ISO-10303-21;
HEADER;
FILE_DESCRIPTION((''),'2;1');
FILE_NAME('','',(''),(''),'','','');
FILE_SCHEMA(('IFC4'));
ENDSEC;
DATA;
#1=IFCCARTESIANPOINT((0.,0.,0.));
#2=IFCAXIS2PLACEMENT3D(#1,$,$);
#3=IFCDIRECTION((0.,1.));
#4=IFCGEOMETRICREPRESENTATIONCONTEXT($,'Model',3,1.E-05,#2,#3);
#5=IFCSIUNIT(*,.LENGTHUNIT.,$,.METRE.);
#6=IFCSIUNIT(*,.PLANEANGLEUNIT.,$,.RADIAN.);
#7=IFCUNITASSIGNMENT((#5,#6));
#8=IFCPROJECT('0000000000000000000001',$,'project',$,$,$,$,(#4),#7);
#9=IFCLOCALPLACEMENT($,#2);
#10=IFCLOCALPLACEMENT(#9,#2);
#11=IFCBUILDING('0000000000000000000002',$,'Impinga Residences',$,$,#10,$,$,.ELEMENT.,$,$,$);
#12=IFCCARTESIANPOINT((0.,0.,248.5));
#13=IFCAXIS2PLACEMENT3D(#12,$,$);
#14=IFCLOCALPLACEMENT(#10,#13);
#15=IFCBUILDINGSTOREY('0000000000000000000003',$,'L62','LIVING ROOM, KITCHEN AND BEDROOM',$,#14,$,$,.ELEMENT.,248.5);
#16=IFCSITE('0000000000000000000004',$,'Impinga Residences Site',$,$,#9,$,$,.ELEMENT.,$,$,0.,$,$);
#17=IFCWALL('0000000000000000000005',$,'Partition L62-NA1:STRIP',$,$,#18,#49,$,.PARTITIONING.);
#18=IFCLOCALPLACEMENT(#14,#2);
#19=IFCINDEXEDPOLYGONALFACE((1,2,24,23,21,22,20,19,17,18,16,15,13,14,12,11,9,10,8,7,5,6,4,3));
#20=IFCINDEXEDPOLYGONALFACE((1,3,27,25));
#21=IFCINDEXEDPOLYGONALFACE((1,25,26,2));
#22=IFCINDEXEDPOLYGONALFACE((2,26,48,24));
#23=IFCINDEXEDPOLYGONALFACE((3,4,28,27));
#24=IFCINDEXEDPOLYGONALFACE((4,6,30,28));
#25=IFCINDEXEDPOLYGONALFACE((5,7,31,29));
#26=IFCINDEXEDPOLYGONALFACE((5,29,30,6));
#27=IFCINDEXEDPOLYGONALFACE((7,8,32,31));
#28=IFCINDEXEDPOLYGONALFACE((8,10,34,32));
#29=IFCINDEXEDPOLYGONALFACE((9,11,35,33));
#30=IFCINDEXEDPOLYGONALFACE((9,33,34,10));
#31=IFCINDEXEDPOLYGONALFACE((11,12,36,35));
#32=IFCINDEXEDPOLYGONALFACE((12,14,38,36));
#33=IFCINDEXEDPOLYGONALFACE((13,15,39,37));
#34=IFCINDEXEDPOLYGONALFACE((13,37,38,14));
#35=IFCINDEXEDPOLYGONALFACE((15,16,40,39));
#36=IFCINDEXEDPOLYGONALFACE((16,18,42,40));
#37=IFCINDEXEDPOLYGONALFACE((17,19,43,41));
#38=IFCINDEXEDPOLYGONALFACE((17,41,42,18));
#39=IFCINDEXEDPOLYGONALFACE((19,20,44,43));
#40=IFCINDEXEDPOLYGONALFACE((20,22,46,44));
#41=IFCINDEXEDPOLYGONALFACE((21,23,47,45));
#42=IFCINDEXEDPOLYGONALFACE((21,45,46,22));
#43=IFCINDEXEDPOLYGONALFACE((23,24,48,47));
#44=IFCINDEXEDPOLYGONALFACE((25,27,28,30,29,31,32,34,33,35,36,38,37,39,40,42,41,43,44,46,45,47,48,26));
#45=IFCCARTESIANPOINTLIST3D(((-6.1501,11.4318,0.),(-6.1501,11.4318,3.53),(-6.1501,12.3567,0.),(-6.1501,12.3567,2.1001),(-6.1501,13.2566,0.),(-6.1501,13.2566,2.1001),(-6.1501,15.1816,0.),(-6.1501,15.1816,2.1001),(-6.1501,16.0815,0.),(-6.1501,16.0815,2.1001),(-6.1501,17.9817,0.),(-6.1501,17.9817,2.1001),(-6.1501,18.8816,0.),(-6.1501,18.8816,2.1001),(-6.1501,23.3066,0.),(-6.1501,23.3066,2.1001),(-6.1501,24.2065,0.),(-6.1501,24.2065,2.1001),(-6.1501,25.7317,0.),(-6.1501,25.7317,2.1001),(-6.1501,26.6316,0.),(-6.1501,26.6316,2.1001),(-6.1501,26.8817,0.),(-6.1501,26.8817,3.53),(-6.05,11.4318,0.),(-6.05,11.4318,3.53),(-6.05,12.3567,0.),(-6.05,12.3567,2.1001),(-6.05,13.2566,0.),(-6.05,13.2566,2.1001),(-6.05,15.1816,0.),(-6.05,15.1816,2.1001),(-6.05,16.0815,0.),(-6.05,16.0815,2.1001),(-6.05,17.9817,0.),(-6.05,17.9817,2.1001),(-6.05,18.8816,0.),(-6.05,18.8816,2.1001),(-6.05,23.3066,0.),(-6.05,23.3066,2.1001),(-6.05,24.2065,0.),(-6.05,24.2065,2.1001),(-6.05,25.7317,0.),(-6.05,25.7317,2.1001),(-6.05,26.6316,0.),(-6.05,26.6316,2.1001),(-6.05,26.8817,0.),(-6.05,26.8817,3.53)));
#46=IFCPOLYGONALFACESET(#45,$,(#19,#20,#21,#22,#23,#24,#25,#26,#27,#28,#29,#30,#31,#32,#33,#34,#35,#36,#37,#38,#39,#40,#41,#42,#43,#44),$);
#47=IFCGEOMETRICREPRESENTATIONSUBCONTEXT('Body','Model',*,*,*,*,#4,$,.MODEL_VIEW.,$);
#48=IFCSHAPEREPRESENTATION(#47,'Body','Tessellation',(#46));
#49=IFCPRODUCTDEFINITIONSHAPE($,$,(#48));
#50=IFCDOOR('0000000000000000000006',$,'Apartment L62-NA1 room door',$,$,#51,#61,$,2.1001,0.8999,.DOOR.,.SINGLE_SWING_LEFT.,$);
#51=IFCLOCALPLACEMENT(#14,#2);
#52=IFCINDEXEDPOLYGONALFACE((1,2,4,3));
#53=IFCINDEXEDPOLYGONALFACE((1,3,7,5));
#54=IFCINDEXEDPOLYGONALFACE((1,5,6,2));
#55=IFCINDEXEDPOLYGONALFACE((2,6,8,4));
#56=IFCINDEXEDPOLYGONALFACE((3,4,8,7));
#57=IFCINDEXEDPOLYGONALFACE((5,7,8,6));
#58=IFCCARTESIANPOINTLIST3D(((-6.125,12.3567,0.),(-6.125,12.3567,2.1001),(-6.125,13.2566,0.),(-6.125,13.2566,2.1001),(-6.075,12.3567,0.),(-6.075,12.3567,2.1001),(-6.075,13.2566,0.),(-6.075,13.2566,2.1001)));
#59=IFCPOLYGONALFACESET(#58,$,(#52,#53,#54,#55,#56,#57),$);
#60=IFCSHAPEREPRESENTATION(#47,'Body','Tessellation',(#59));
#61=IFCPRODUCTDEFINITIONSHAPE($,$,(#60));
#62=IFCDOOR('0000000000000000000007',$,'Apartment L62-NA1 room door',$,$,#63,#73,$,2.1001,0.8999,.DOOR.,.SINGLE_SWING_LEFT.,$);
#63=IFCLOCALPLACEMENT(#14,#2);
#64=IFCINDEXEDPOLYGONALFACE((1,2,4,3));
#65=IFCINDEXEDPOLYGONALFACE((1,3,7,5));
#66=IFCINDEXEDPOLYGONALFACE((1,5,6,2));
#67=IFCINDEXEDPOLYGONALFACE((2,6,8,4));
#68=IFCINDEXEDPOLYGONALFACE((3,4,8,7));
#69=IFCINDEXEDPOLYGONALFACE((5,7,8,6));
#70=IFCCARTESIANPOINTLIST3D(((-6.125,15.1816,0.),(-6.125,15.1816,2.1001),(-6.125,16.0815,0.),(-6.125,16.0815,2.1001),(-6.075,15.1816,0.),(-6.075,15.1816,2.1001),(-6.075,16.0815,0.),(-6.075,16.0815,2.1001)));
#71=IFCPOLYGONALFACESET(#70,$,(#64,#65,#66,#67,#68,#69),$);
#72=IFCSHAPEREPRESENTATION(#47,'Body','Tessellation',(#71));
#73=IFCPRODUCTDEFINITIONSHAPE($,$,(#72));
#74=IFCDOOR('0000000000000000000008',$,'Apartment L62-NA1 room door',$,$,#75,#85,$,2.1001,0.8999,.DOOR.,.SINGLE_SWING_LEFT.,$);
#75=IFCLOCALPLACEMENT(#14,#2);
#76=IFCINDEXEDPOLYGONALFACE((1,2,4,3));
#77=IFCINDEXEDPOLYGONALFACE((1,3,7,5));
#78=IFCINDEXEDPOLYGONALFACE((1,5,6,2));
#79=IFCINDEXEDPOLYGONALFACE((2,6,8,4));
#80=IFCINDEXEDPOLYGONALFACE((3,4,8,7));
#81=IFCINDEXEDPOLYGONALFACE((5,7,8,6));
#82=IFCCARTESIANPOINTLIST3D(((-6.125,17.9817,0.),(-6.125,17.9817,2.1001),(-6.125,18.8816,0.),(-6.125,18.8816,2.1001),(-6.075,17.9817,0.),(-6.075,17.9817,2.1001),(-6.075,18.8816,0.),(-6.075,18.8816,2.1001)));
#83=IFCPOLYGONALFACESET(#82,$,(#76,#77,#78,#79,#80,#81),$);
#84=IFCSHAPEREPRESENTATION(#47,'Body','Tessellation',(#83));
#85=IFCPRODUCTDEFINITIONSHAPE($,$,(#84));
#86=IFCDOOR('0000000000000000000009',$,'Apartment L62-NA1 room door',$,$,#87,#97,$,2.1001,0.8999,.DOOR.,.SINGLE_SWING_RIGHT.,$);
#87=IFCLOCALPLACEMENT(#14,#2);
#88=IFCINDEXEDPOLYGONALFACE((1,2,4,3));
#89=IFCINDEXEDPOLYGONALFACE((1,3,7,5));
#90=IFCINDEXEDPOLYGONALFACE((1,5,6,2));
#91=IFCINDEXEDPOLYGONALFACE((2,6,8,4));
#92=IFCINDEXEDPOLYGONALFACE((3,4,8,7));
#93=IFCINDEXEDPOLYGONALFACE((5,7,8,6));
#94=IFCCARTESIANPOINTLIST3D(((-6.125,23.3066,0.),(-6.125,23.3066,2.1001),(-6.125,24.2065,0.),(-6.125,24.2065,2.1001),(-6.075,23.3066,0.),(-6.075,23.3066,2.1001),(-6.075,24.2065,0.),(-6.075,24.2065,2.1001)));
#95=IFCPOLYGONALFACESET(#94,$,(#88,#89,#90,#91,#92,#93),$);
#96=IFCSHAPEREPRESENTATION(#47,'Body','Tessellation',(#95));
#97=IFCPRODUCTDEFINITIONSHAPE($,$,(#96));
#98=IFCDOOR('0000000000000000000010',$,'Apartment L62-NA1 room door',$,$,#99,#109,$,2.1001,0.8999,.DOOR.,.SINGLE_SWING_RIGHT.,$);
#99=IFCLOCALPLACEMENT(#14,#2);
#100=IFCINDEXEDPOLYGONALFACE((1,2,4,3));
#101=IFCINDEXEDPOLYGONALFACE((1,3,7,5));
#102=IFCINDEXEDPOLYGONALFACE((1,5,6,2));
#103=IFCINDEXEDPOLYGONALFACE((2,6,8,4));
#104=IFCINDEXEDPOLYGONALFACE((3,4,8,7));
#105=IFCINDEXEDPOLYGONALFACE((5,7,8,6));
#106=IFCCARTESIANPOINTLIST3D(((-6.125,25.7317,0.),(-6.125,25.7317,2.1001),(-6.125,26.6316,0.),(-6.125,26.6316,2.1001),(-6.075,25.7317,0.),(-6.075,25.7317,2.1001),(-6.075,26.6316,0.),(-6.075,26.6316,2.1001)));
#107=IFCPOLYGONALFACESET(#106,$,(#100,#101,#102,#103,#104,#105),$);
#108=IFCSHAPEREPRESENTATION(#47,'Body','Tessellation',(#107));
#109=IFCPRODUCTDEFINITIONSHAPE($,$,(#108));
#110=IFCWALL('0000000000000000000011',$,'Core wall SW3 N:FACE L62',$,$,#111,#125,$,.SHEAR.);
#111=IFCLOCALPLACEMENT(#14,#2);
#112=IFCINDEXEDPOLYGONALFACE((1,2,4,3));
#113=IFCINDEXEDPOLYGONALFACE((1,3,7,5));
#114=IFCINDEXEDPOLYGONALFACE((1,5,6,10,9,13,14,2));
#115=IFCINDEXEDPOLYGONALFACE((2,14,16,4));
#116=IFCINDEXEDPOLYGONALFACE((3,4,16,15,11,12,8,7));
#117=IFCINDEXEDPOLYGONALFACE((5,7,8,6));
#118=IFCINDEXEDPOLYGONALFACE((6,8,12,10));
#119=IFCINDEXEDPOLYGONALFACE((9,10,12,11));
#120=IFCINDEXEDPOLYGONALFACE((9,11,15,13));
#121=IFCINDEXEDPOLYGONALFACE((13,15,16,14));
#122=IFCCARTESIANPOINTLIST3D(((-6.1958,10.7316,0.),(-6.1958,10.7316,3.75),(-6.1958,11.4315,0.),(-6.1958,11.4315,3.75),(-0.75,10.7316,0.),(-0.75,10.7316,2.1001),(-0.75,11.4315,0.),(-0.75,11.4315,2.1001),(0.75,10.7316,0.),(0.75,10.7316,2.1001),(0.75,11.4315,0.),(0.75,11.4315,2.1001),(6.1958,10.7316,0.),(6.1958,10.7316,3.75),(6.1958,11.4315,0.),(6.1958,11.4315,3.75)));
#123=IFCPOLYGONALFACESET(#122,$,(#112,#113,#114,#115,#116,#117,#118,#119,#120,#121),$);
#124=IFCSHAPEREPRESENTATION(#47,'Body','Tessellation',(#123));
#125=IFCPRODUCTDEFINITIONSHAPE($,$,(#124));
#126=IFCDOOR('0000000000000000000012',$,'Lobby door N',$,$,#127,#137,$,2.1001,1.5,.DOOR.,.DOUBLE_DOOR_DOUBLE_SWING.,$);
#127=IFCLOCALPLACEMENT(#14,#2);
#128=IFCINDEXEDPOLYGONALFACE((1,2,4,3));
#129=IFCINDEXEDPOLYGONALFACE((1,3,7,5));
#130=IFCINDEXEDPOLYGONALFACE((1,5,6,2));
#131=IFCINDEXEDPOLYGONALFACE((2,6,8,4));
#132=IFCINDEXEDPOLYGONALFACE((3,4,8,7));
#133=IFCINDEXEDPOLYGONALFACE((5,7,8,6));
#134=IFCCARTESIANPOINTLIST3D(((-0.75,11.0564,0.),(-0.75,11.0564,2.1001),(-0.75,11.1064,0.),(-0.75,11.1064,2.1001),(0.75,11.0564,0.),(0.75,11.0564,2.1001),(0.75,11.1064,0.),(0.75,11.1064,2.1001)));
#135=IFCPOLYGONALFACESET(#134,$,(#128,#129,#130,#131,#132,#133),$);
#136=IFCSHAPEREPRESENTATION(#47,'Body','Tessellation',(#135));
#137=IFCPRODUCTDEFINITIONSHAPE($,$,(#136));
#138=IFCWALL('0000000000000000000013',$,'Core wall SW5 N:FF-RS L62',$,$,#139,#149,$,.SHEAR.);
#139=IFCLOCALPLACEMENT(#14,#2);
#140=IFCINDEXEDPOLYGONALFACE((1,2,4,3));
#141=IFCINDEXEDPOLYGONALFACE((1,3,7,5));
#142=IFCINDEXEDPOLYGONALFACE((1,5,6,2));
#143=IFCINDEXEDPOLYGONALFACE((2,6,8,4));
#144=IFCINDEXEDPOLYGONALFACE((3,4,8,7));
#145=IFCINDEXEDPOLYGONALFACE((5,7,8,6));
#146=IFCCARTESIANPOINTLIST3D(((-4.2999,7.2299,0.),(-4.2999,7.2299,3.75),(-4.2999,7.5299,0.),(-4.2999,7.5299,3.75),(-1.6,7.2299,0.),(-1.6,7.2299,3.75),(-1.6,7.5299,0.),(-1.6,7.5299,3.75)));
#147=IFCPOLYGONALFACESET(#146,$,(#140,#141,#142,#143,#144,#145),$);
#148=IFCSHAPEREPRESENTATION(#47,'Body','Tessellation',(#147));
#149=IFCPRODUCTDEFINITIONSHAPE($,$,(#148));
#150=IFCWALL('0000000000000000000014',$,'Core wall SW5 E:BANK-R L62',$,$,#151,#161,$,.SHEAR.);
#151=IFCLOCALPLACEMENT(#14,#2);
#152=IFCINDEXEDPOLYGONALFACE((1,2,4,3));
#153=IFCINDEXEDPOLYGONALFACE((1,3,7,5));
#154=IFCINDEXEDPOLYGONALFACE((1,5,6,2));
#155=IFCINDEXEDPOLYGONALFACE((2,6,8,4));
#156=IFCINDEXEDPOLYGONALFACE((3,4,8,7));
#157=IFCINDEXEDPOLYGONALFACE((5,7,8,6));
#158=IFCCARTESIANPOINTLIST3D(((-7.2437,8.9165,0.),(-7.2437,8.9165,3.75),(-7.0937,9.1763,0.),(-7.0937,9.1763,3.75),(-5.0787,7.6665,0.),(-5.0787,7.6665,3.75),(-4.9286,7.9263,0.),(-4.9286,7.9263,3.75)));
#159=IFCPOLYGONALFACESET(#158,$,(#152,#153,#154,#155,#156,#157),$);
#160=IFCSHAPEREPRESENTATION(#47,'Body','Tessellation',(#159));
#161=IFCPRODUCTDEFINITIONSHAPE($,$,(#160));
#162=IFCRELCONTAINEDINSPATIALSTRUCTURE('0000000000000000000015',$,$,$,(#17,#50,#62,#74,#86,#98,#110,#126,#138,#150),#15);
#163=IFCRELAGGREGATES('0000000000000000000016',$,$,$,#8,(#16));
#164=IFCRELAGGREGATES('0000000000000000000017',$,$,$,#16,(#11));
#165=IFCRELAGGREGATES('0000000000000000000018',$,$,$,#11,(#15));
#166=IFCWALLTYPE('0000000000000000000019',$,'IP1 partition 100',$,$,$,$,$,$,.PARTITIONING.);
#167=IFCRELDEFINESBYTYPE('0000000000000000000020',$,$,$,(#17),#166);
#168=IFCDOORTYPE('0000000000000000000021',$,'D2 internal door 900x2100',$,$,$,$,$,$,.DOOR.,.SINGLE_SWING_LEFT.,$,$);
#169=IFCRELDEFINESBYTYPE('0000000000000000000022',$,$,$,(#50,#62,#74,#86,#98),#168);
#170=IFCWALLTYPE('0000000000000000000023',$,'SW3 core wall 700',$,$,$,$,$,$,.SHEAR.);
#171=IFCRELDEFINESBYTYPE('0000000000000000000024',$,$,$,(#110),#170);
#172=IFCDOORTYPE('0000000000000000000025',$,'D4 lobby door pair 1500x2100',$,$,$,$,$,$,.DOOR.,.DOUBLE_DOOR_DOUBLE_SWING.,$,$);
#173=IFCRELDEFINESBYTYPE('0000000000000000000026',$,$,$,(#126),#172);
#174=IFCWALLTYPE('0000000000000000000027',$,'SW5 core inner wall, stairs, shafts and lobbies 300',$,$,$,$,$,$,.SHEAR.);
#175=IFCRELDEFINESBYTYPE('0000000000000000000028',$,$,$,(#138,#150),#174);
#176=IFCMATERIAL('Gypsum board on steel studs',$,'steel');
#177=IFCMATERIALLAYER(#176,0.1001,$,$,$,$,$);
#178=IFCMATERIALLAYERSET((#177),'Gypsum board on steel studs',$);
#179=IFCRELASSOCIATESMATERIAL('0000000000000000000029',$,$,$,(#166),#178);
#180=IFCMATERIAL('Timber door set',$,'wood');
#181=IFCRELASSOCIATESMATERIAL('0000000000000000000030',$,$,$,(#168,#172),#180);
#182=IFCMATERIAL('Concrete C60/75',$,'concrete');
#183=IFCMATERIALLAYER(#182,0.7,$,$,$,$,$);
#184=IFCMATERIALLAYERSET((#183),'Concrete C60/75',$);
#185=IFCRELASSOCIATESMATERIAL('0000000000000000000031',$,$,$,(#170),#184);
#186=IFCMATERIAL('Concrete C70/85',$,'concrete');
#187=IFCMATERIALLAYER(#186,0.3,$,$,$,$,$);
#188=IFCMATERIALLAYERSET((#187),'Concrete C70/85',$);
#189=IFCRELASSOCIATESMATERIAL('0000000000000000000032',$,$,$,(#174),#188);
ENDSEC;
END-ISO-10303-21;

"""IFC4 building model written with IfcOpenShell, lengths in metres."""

from ifc_helpers import new_model, si_unit, direction, frame, frame_2d, origin, place, context, subcontext, project, spatial, rectangle, extrude, material, layer, layer_set, type_object, element, fill, save


model = new_model("IFC4")

# Units and contexts
model_context = context("Model", 3, precision=1e-05, world=origin(), true_north=direction((0.0, 1.0)))
body_context = subcontext(model_context, "Body", "Model", "MODEL_VIEW")
ifc_project = project(units=[si_unit("LENGTHUNIT", "METRE"), si_unit("PLANEANGLEUNIT", "RADIAN")], contexts=[model_context])

# Site, building, storey
site_placement = place(None, origin())
site = spatial("IfcSite", under=ifc_project, at=site_placement, Name="Impinga Residences Site", CompositionType="ELEMENT", RefElevation=0.0)
building_placement = place(site_placement, origin())
building = spatial("IfcBuilding", under=site, at=building_placement, Name="Impinga Residences", CompositionType="ELEMENT")
storey_placement = place(building_placement, frame((0.0, 0.0, 248.5)))
storey = spatial("IfcBuildingStorey", under=building, at=storey_placement, Name="L62", Description="LIVING ROOM, KITCHEN AND BEDROOM", CompositionType="ELEMENT", Elevation=248.5)

# Shared definitions
ifc_material_1 = material(Name="Concrete C60/75", Category="concrete")

# Shared definitions
ifc_material_2 = material(Name="Timber door set", Category="wood")

# Wall, openings, doors
ifc_material_3 = material(Name="Gypsum board on steel studs", Category="steel")
ifc_layer_1 = layer(ifc_material_3, 0.1001)
ifc_layer_set_1 = layer_set([ifc_layer_1], Name="Gypsum board on steel studs")
wall_type_1 = type_object("IfcWallType", Name="IP1 partition 100", PredefinedType="PARTITIONING", material=ifc_layer_set_1)
wall_1_placement = place(storey_placement, frame((-6.1001, 11.4316, 0.0), z_axis=(0.0, 0.0, 1.0), x_axis=(0.0, 1.0, 0.0)))
wall_1 = element("IfcWall", 1, at=wall_1_placement, inside=storey, type_object=wall_type_1, Name="Partition L62-NA1:STRIP", PredefinedType="PARTITIONING", context=body_context, shape_type="SweptSolid", body=[
    extrude(rectangle(XDim=15.45, YDim=0.1001, at=frame_2d((7.7251, 0.0))), origin(), (0.0, 0.0, 1.0), 3.53),
])
opening_1_placement = place(wall_1_placement, frame((0.925, 0.0, 0.0)))
opening_1 = element("IfcOpeningElement", 2, at=opening_1_placement, cuts=wall_1, PredefinedType="OPENING", context=body_context, shape_type="SweptSolid", body=[
    extrude(rectangle(XDim=0.8999, YDim=2.1001, at=frame_2d((0.45, 1.05))), frame((0.0, 0.0601, 0.0), z_axis=(0.0, -1.0, 0.0), x_axis=(1.0, 0.0, 0.0)), (0.0, 0.0, 1.0), 0.1201),
])
opening_2_placement = place(wall_1_placement, frame((3.75, 0.0, 0.0)))
opening_2 = element("IfcOpeningElement", 3, at=opening_2_placement, cuts=wall_1, PredefinedType="OPENING", context=body_context, shape_type="SweptSolid", body=[
    extrude(rectangle(XDim=0.8999, YDim=2.1001, at=frame_2d((0.45, 1.05))), frame((0.0, 0.0601, 0.0), z_axis=(0.0, -1.0, 0.0), x_axis=(1.0, 0.0, 0.0)), (0.0, 0.0, 1.0), 0.1201),
])
opening_3_placement = place(wall_1_placement, frame((6.55, 0.0, 0.0)))
opening_3 = element("IfcOpeningElement", 4, at=opening_3_placement, cuts=wall_1, PredefinedType="OPENING", context=body_context, shape_type="SweptSolid", body=[
    extrude(rectangle(XDim=0.8999, YDim=2.1001, at=frame_2d((0.45, 1.05))), frame((0.0, 0.0601, 0.0), z_axis=(0.0, -1.0, 0.0), x_axis=(1.0, 0.0, 0.0)), (0.0, 0.0, 1.0), 0.1201),
])
opening_4_placement = place(wall_1_placement, frame((11.875, 0.0, 0.0)))
opening_4 = element("IfcOpeningElement", 5, at=opening_4_placement, cuts=wall_1, PredefinedType="OPENING", context=body_context, shape_type="SweptSolid", body=[
    extrude(rectangle(XDim=0.8999, YDim=2.1001, at=frame_2d((0.45, 1.05))), frame((0.0, 0.0601, 0.0), z_axis=(0.0, -1.0, 0.0), x_axis=(1.0, 0.0, 0.0)), (0.0, 0.0, 1.0), 0.1201),
])
opening_5_placement = place(wall_1_placement, frame((14.3, 0.0, 0.0)))
opening_5 = element("IfcOpeningElement", 6, at=opening_5_placement, cuts=wall_1, PredefinedType="OPENING", context=body_context, shape_type="SweptSolid", body=[
    extrude(rectangle(XDim=0.8999, YDim=2.1001, at=frame_2d((0.45, 1.05))), frame((0.0, 0.0601, 0.0), z_axis=(0.0, -1.0, 0.0), x_axis=(1.0, 0.0, 0.0)), (0.0, 0.0, 1.0), 0.1201),
])
door_type_1 = type_object("IfcDoorType", Name="D2 internal door 900x2100", OperationType="SINGLE_SWING_LEFT", PredefinedType="DOOR", material=ifc_material_2)
door_1_placement = place(opening_1_placement, origin())
door_1 = element("IfcDoor", 7, at=door_1_placement, inside=storey, type_object=door_type_1, Name="Apartment L62-NA1 room door", OperationType="SINGLE_SWING_LEFT", OverallHeight=2.1001, OverallWidth=0.8999, PredefinedType="DOOR", context=body_context, shape_type="SweptSolid", body=[
    extrude(rectangle(XDim=0.8999, YDim=2.1001, at=frame_2d((0.45, 1.05))), frame((0.0, 0.0249, 0.0), z_axis=(0.0, -1.0, 0.0), x_axis=(1.0, 0.0, 0.0)), (0.0, 0.0, 1.0), 0.05),
])
fill(opening_1, door_1)
door_2_placement = place(opening_2_placement, origin())
door_2 = element("IfcDoor", 8, at=door_2_placement, inside=storey, type_object=door_type_1, Name="Apartment L62-NA1 room door", OperationType="SINGLE_SWING_LEFT", OverallHeight=2.1001, OverallWidth=0.8999, PredefinedType="DOOR", context=body_context, shape_type="SweptSolid", body=[
    extrude(rectangle(XDim=0.8999, YDim=2.1001, at=frame_2d((0.45, 1.05))), frame((0.0, 0.0249, 0.0), z_axis=(0.0, -1.0, 0.0), x_axis=(1.0, 0.0, 0.0)), (0.0, 0.0, 1.0), 0.05),
])
fill(opening_2, door_2)
door_3_placement = place(opening_3_placement, origin())
door_3 = element("IfcDoor", 9, at=door_3_placement, inside=storey, type_object=door_type_1, Name="Apartment L62-NA1 room door", OperationType="SINGLE_SWING_LEFT", OverallHeight=2.1001, OverallWidth=0.8999, PredefinedType="DOOR", context=body_context, shape_type="SweptSolid", body=[
    extrude(rectangle(XDim=0.8999, YDim=2.1001, at=frame_2d((0.45, 1.05))), frame((0.0, 0.0249, 0.0), z_axis=(0.0, -1.0, 0.0), x_axis=(1.0, 0.0, 0.0)), (0.0, 0.0, 1.0), 0.05),
])
fill(opening_3, door_3)
door_4_placement = place(opening_4_placement, origin())
door_4 = element("IfcDoor", 10, at=door_4_placement, inside=storey, type_object=door_type_1, Name="Apartment L62-NA1 room door", OperationType="SINGLE_SWING_RIGHT", OverallHeight=2.1001, OverallWidth=0.8999, PredefinedType="DOOR", context=body_context, shape_type="SweptSolid", body=[
    extrude(rectangle(XDim=0.8999, YDim=2.1001, at=frame_2d((0.45, 1.05))), frame((0.0, 0.0249, 0.0), z_axis=(0.0, -1.0, 0.0), x_axis=(1.0, 0.0, 0.0)), (0.0, 0.0, 1.0), 0.05),
])
fill(opening_4, door_4)
door_5_placement = place(opening_5_placement, origin())
door_5 = element("IfcDoor", 11, at=door_5_placement, inside=storey, type_object=door_type_1, Name="Apartment L62-NA1 room door", OperationType="SINGLE_SWING_RIGHT", OverallHeight=2.1001, OverallWidth=0.8999, PredefinedType="DOOR", context=body_context, shape_type="SweptSolid", body=[
    extrude(rectangle(XDim=0.8999, YDim=2.1001, at=frame_2d((0.45, 1.05))), frame((0.0, 0.0249, 0.0), z_axis=(0.0, -1.0, 0.0), x_axis=(1.0, 0.0, 0.0)), (0.0, 0.0, 1.0), 0.05),
])
fill(opening_5, door_5)

# Wall, opening, door
ifc_layer_2 = layer(ifc_material_1, 0.7)
ifc_layer_set_2 = layer_set([ifc_layer_2], Name="Concrete C60/75")
wall_type_2 = type_object("IfcWallType", Name="SW3 core wall 700", PredefinedType="SHEAR", material=ifc_layer_set_2)
wall_2_placement = place(storey_placement, frame((-6.1958, 11.0815, 0.0), z_axis=(0.0, 0.0, 1.0), x_axis=(1.0, 0.0, 0.0)))
wall_2 = element("IfcWall", 12, at=wall_2_placement, inside=storey, type_object=wall_type_2, Name="Core wall SW3 N:FACE L62", PredefinedType="SHEAR", context=body_context, shape_type="SweptSolid", body=[
    extrude(rectangle(XDim=12.3916, YDim=0.7, at=frame_2d((6.1958, 0.0))), origin(), (0.0, 0.0, 1.0), 3.75),
])
opening_6_placement = place(wall_2_placement, frame((5.4458, 0.0, 0.0)))
opening_6 = element("IfcOpeningElement", 13, at=opening_6_placement, cuts=wall_2, PredefinedType="OPENING", context=body_context, shape_type="SweptSolid", body=[
    extrude(rectangle(XDim=1.5, YDim=2.1001, at=frame_2d((0.75, 1.05))), frame((0.0, 0.3599, 0.0), z_axis=(0.0, -1.0, 0.0), x_axis=(1.0, 0.0, 0.0)), (0.0, 0.0, 1.0), 0.72),
])
door_type_2 = type_object("IfcDoorType", Name="D4 lobby door pair 1500x2100", OperationType="DOUBLE_DOOR_DOUBLE_SWING", PredefinedType="DOOR", material=ifc_material_2)
door_6_placement = place(opening_6_placement, origin())
door_6 = element("IfcDoor", 14, at=door_6_placement, inside=storey, type_object=door_type_2, Name="Lobby door N", OperationType="DOUBLE_DOOR_DOUBLE_SWING", OverallHeight=2.1001, OverallWidth=1.5, PredefinedType="DOOR", context=body_context, shape_type="SweptSolid", body=[
    extrude(rectangle(XDim=1.5, YDim=2.1001, at=frame_2d((0.75, 1.05))), frame((0.0, 0.0249, 0.0), z_axis=(0.0, -1.0, 0.0), x_axis=(1.0, 0.0, 0.0)), (0.0, 0.0, 1.0), 0.05),
])
fill(opening_6, door_6)

# Walls
ifc_material_4 = material(Name="Concrete C70/85", Category="concrete")
ifc_layer_3 = layer(ifc_material_4, 0.3)
ifc_layer_set_3 = layer_set([ifc_layer_3], Name="Concrete C70/85")
wall_type_3 = type_object("IfcWallType", Name="SW5 core inner wall, stairs, shafts and lobbies 300", PredefinedType="SHEAR", material=ifc_layer_set_3)
wall_3_placement = place(storey_placement, frame((-4.3, 7.3799, 0.0), z_axis=(0.0, 0.0, 1.0), x_axis=(1.0, 0.0, 0.0)))
element("IfcWall", 15, at=wall_3_placement, inside=storey, type_object=wall_type_3, Name="Core wall SW5 N:FF-RS L62", PredefinedType="SHEAR", context=body_context, shape_type="SweptSolid", body=[
    extrude(rectangle(XDim=2.7, YDim=0.3, at=frame_2d((1.3501, 0.0))), origin(), (0.0, 0.0, 1.0), 3.75),
])
wall_4_placement = place(storey_placement, frame((-5.0037, 7.7964, 0.0), z_axis=(0.0, 0.0, 1.0), x_axis=(-0.866023, 0.500004, 0.0)))
element("IfcWall", 16, at=wall_4_placement, inside=storey, type_object=wall_type_3, Name="Core wall SW5 E:BANK-R L62", PredefinedType="SHEAR", context=body_context, shape_type="SweptSolid", body=[
    extrude(rectangle(XDim=2.5, YDim=0.3, at=frame_2d((1.25, 0.0))), origin(), (0.0, 0.0, 1.0), 3.75),
])

save(model, "model.ifc")
